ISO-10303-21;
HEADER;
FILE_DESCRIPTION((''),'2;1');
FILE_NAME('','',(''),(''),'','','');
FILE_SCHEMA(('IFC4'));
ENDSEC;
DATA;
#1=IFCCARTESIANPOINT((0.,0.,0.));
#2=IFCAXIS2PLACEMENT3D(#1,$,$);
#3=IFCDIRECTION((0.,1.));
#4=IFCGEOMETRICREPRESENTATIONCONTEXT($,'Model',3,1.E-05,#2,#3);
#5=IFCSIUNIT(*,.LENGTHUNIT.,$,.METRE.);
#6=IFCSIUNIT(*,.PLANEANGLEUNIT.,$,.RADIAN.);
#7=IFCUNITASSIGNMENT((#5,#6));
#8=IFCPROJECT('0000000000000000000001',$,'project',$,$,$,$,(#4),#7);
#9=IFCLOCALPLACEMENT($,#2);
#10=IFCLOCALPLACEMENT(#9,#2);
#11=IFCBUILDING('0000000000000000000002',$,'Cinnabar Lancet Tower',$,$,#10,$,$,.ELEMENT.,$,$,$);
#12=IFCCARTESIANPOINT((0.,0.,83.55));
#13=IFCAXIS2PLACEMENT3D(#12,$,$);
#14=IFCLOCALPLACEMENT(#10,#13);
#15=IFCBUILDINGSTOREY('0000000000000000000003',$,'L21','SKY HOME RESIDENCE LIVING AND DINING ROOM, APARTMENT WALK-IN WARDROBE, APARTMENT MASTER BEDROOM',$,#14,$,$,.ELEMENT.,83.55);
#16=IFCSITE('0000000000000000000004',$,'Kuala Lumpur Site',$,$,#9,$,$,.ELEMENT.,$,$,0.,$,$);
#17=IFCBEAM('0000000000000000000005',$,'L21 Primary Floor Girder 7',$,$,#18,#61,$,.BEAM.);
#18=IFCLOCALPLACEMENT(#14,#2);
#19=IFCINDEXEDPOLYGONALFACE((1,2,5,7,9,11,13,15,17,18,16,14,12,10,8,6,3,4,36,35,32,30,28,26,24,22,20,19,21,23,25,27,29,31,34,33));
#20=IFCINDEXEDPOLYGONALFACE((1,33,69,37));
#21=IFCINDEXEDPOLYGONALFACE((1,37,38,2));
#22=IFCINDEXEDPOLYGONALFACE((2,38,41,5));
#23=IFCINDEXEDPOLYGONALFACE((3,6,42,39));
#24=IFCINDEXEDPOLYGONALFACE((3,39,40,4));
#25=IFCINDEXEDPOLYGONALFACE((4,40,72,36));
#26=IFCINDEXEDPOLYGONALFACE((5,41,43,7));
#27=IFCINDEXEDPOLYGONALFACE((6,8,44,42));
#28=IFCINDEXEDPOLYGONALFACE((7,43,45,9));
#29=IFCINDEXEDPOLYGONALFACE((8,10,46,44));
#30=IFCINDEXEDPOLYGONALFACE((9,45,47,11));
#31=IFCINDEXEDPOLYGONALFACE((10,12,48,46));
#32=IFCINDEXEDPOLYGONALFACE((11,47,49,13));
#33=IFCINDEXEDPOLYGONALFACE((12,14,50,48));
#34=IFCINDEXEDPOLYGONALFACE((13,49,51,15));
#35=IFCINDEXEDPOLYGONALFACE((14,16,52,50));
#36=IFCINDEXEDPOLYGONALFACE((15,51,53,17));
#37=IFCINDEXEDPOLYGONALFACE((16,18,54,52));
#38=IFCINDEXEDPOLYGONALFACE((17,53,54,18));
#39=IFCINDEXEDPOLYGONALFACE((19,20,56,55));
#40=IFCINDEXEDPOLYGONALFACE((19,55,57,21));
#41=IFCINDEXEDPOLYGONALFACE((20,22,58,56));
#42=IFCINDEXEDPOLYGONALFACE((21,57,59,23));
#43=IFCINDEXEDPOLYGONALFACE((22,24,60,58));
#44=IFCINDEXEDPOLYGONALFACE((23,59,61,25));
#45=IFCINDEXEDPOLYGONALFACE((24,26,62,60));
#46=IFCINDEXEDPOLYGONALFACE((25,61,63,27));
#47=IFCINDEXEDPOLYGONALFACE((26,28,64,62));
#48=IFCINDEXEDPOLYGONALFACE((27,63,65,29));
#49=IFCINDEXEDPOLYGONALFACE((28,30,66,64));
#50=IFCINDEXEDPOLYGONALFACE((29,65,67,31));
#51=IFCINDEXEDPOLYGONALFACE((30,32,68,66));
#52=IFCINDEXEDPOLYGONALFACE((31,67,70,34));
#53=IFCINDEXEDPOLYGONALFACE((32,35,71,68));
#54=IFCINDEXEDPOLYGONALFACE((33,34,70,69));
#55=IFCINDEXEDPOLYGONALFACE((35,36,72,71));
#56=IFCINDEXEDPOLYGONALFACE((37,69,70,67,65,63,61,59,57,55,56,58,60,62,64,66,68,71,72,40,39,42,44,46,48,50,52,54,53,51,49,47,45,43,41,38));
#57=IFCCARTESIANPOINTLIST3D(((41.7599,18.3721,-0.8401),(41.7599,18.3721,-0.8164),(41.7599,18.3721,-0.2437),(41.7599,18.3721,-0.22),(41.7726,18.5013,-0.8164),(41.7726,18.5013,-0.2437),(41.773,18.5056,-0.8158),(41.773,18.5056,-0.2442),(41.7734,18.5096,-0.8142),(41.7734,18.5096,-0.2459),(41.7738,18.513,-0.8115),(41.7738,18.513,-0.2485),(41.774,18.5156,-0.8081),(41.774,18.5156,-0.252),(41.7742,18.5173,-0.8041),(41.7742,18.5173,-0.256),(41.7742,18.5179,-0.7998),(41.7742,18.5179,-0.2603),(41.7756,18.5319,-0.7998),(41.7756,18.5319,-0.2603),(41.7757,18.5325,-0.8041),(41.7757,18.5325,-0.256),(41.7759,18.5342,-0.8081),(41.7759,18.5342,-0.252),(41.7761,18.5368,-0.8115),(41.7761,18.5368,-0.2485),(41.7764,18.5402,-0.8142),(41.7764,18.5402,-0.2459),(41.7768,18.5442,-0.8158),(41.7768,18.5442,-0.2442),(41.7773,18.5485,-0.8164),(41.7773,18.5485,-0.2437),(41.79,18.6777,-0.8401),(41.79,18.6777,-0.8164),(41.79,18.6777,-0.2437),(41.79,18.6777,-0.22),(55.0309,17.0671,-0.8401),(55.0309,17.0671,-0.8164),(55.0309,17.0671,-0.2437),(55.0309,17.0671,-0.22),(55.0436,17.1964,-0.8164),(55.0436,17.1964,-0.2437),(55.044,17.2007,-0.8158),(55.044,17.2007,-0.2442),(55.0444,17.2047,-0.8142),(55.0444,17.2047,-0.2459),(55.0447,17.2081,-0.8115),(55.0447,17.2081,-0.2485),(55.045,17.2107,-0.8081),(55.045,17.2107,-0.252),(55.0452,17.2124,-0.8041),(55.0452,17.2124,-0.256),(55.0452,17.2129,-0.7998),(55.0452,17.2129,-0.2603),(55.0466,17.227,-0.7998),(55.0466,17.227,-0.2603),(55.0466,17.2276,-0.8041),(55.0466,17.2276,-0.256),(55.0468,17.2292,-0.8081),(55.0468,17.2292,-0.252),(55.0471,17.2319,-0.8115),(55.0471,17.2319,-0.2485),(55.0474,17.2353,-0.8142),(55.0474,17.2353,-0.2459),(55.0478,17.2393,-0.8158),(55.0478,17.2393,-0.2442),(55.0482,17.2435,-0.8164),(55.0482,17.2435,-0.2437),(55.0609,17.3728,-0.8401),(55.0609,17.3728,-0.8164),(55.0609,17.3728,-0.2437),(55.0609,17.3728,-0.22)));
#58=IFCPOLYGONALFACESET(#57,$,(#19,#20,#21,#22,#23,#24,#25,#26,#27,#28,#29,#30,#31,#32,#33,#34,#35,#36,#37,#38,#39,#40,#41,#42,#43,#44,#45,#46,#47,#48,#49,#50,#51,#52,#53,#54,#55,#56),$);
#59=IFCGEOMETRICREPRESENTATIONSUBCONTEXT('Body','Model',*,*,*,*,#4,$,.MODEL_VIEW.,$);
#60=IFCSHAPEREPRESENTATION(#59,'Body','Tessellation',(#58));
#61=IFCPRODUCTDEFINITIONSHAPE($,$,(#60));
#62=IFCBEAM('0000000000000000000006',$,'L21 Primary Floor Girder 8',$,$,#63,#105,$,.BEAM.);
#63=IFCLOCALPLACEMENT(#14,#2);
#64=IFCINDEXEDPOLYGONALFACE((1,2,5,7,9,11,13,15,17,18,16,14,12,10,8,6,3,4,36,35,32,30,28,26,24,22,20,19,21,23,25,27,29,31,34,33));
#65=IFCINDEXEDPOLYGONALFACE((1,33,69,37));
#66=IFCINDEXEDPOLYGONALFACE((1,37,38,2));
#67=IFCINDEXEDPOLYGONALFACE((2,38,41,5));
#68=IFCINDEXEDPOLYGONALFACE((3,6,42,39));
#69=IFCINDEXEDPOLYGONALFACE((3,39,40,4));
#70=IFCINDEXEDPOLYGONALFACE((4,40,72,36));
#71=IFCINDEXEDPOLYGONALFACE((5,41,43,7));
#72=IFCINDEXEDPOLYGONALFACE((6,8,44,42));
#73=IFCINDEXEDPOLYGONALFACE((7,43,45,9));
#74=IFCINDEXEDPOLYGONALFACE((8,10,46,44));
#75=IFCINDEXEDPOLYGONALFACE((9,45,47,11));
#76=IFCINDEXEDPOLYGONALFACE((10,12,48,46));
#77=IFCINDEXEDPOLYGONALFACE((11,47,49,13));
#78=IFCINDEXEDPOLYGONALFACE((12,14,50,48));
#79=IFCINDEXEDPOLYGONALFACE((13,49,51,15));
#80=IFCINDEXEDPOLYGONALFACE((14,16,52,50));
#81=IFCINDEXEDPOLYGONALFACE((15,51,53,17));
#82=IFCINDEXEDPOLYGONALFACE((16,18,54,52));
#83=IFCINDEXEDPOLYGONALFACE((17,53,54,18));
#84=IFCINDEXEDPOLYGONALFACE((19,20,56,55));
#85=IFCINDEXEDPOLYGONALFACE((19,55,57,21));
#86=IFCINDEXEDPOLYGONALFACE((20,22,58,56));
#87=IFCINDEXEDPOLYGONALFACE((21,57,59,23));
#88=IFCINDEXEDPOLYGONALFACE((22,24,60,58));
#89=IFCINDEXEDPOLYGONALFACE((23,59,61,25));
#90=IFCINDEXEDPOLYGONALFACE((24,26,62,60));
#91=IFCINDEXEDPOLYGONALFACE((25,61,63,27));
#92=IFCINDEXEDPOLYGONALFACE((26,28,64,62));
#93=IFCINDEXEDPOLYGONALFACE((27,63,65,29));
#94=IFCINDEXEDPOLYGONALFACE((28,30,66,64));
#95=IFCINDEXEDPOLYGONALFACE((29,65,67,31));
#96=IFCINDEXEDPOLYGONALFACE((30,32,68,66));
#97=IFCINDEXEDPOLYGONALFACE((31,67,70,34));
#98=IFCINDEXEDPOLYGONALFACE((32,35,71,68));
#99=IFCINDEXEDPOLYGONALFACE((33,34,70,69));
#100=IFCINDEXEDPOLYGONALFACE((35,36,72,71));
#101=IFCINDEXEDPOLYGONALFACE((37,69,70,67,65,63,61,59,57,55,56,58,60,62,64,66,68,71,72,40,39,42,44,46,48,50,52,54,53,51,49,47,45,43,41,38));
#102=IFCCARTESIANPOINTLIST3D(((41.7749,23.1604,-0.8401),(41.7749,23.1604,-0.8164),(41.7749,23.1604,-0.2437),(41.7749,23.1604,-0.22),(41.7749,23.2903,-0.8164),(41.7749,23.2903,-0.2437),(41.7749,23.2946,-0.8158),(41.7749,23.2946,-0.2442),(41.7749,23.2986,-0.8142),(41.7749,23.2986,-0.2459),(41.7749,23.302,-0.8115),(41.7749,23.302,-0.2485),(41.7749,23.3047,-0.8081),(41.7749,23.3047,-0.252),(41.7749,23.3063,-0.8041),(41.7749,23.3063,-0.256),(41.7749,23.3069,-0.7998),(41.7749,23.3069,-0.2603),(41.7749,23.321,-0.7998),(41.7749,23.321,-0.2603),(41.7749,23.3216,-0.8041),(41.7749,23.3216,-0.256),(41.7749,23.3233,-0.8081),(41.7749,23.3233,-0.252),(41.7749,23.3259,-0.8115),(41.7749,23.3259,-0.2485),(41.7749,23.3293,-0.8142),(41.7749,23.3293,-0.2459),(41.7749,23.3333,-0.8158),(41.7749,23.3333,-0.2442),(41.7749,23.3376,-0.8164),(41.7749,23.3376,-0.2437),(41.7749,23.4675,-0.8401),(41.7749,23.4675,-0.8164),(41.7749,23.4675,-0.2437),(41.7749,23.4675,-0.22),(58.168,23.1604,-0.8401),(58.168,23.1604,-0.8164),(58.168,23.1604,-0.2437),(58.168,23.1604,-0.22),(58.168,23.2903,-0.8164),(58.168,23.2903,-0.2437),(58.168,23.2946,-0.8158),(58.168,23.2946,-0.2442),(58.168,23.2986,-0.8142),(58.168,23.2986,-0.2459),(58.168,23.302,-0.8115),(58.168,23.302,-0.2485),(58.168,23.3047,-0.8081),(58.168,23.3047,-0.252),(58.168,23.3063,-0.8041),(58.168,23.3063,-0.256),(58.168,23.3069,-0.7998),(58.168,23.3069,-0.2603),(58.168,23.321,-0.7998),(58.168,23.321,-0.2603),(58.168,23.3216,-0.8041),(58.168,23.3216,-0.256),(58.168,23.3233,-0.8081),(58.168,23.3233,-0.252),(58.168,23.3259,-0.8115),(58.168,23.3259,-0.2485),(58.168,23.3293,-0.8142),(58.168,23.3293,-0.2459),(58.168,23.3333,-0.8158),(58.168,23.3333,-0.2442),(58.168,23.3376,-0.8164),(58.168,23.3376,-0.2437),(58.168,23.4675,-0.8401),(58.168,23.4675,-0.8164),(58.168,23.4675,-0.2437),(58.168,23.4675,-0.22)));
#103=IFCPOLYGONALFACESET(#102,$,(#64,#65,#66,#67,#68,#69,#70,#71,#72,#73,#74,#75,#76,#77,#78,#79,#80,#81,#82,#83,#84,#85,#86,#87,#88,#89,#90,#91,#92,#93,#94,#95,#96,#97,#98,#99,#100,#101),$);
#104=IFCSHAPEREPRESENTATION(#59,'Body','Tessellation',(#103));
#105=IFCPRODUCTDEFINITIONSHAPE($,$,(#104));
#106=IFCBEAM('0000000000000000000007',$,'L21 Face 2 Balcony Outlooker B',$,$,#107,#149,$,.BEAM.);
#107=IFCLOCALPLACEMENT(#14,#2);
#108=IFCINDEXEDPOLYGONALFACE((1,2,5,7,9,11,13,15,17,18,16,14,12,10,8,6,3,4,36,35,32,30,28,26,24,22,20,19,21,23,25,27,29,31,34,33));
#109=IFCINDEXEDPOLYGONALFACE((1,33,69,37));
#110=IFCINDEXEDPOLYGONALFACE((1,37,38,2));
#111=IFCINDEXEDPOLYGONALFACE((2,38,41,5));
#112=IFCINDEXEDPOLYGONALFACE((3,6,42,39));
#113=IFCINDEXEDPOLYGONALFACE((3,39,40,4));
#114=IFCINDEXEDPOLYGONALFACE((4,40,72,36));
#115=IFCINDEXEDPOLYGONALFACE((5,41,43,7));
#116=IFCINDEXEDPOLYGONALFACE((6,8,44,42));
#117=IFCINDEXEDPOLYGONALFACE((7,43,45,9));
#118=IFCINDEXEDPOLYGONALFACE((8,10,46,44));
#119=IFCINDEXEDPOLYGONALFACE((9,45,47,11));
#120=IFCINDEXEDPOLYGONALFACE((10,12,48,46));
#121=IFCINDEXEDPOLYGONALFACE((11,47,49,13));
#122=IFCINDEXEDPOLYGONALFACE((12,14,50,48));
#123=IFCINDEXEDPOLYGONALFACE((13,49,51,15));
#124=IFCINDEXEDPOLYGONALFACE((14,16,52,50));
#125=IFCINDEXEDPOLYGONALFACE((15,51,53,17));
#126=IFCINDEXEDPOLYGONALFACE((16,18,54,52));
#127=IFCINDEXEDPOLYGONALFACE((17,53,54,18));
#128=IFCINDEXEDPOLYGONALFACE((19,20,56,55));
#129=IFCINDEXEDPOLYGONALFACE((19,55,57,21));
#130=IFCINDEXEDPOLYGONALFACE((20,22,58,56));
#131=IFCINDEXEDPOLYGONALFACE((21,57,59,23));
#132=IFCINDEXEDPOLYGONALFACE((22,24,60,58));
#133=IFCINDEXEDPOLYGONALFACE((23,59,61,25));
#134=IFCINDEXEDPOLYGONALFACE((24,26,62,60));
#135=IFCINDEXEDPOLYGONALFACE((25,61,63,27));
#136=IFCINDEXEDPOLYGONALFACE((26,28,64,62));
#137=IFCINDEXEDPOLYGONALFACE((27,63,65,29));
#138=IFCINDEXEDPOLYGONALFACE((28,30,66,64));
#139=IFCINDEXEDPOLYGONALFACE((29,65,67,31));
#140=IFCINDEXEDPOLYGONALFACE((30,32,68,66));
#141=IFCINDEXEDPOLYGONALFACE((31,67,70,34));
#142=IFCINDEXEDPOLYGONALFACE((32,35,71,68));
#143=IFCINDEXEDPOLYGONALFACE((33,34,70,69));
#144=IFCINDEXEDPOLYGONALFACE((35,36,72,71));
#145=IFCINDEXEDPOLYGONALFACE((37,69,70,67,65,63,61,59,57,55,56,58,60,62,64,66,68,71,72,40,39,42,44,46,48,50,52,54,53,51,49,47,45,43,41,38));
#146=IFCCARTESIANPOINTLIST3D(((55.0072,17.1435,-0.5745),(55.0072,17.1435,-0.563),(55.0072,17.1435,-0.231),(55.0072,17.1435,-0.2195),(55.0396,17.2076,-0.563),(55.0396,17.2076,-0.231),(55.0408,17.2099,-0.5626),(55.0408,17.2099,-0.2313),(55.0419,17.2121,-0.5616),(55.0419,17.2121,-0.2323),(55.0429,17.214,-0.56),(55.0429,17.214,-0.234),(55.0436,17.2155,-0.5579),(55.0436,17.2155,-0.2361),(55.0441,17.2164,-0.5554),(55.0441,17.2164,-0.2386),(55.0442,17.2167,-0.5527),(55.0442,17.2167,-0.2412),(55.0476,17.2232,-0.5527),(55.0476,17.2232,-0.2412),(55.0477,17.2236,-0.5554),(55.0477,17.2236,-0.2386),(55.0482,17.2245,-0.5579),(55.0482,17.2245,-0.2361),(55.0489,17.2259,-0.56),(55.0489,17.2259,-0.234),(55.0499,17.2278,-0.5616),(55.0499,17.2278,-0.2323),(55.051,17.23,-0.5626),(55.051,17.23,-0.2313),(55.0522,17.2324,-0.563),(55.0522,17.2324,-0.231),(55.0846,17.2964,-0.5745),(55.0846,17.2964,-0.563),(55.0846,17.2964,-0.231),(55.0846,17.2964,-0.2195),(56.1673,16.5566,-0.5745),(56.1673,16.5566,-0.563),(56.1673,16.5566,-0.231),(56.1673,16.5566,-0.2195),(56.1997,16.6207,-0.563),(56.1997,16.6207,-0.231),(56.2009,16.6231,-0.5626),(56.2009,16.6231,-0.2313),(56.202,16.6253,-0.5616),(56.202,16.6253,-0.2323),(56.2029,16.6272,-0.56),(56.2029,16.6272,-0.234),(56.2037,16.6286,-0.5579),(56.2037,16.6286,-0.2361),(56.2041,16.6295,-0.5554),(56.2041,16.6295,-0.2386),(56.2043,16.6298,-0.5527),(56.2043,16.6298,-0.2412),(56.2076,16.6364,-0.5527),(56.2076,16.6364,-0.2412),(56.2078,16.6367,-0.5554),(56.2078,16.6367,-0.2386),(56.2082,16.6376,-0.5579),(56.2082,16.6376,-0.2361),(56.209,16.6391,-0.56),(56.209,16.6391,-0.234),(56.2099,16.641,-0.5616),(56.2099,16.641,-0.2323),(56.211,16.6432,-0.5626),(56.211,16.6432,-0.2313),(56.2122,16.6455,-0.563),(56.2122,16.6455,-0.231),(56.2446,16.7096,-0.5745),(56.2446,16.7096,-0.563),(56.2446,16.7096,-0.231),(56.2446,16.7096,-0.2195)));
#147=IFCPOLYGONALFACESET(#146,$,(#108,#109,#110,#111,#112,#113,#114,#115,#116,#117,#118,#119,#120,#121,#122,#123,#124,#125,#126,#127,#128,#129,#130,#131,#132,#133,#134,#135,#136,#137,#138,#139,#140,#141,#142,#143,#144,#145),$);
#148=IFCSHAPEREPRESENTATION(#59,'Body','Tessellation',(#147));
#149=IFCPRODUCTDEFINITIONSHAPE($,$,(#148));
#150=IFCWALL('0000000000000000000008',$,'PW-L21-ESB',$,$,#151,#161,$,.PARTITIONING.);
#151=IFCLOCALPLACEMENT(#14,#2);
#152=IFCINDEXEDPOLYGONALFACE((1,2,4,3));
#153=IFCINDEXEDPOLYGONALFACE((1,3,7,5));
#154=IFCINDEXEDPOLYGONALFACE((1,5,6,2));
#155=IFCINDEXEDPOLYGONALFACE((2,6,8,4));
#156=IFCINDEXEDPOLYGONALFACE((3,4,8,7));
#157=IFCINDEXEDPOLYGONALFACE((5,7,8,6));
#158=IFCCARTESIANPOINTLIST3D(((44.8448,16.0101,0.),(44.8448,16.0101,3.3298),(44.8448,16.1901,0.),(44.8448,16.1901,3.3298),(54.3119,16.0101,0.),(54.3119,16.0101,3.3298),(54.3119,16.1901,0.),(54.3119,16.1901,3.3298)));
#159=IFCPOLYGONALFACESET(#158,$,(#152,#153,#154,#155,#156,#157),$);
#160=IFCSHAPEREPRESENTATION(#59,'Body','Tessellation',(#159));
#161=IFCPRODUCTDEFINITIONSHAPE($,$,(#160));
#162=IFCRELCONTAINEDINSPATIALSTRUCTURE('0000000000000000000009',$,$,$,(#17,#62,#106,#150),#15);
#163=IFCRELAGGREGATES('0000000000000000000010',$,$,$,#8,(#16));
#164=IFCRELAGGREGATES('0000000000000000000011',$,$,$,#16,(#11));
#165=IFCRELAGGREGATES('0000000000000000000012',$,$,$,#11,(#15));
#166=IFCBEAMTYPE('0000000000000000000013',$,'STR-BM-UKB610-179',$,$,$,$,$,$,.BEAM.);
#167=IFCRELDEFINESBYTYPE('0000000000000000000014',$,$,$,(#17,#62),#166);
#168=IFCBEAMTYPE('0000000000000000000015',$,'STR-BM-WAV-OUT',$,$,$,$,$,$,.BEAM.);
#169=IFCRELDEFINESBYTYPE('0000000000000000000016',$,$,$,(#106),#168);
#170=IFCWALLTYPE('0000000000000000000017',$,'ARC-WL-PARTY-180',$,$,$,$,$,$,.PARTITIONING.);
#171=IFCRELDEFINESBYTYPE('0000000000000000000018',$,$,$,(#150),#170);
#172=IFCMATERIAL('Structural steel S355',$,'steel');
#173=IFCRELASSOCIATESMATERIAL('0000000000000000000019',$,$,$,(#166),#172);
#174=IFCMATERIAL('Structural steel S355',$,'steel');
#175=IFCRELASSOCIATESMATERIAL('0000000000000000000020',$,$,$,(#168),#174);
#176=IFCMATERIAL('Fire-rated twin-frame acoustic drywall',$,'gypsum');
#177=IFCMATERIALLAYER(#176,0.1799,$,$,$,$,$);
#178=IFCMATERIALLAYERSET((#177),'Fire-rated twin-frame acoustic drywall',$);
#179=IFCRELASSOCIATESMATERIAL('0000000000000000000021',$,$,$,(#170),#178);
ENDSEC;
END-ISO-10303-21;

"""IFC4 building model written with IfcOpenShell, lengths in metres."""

from ifc_helpers import new_model, si_unit, direction, frame, frame_2d, origin, origin_2d, place, context, subcontext, project, spatial, rectangle, i_section, extrude, material, layer, layer_set, material_profile, profile_set, type_object, element, save


model = new_model("IFC4")

# Units and contexts
model_context = context("Model", 3, precision=1e-05, world=origin(), true_north=direction((0.0, 1.0)))
body_context = subcontext(model_context, "Body", "Model", "MODEL_VIEW")
ifc_project = project(units=[si_unit("LENGTHUNIT", "METRE"), si_unit("PLANEANGLEUNIT", "RADIAN")], contexts=[model_context])

# Site, building, storey
site_placement = place(None, origin())
site = spatial("IfcSite", under=ifc_project, at=site_placement, Name="Kuala Lumpur Site", CompositionType="ELEMENT", RefElevation=0.0)
building_placement = place(site_placement, origin())
building = spatial("IfcBuilding", under=site, at=building_placement, Name="Cinnabar Lancet Tower", CompositionType="ELEMENT")
storey_placement = place(building_placement, frame((0.0, 0.0, 83.55)))
storey = spatial("IfcBuildingStorey", under=building, at=storey_placement, Name="L21", Description="SKY HOME RESIDENCE LIVING AND DINING ROOM, APARTMENT WALK-IN WARDROBE, APARTMENT MASTER BEDROOM", CompositionType="ELEMENT", Elevation=83.55)

# Beams
ifc_material_1 = material(Name="Structural steel S355", Category="steel")
ifc_material_profile_1 = material_profile(ifc_material_1, i_section(OverallWidth=0.3071, OverallDepth=0.6201, WebThickness=0.0142, FlangeThickness=0.0237, FilletRadius=0.0166, at=origin_2d()), Name="UKB 610x305x179")
ifc_profile_set_1 = profile_set([ifc_material_profile_1], Name="Structural steel S355")
beam_type_1 = type_object("IfcBeamType", Name="STR-BM-UKB610-179", PredefinedType="BEAM", material=ifc_profile_set_1)
beam_1_placement = place(storey_placement, frame((55.0459, 17.22, -0.53), z_axis=(-0.9952, 0.097858, 0.0), x_axis=(-0.097858, -0.9952, 0.0)))
element("IfcBeam", 1, at=beam_1_placement, inside=storey, type_object=beam_type_1, Name="L21 Primary Floor Girder 7", PredefinedType="BEAM", context=body_context, shape_type="SweptSolid", body=[
    extrude(i_section(OverallWidth=0.3071, OverallDepth=0.6201, WebThickness=0.0142, FlangeThickness=0.0237, FilletRadius=0.0166, at=origin_2d()), origin(), (0.0, 0.0, 1.0), 13.335),
])
beam_2_placement = place(storey_placement, frame((58.168, 23.314, -0.53), z_axis=(-1.0, 0.0, 0.0), x_axis=(0.0, -1.0, 0.0)))
element("IfcBeam", 2, at=beam_2_placement, inside=storey, type_object=beam_type_1, Name="L21 Primary Floor Girder 8", PredefinedType="BEAM", context=body_context, shape_type="SweptSolid", body=[
    extrude(i_section(OverallWidth=0.3071, OverallDepth=0.6201, WebThickness=0.0142, FlangeThickness=0.0237, FilletRadius=0.0166, at=origin_2d()), origin(), (0.0, 0.0, 1.0), 16.3931),
])
ifc_material_2 = material(Name="Structural steel S355", Category="steel")
ifc_material_profile_2 = material_profile(ifc_material_2, i_section(OverallWidth=0.1714, OverallDepth=0.355, WebThickness=0.0073, FlangeThickness=0.0115, FilletRadius=0.0103, at=origin_2d()), Name="UKB 356x171x51")
ifc_profile_set_2 = profile_set([ifc_material_profile_2], Name="Structural steel S355")
beam_type_2 = type_object("IfcBeamType", Name="STR-BM-WAV-OUT", PredefinedType="BEAM", material=ifc_profile_set_2)
beam_3_placement = place(storey_placement, frame((55.0459, 17.22, -0.397), z_axis=(0.892314, -0.451415, 0.0), x_axis=(0.451415, 0.892314, 0.0)))
element("IfcBeam", 3, at=beam_3_placement, inside=storey, type_object=beam_type_2, Name="L21 Face 2 Balcony Outlooker B", PredefinedType="BEAM", context=body_context, shape_type="SweptSolid", body=[
    extrude(i_section(OverallWidth=0.1714, OverallDepth=0.355, WebThickness=0.0073, FlangeThickness=0.0115, FilletRadius=0.0103, at=origin_2d()), origin(), (0.0, 0.0, 1.0), 1.3),
])

# Wall
ifc_material_3 = material(Name="Fire-rated twin-frame acoustic drywall", Category="gypsum")
ifc_layer_1 = layer(ifc_material_3, 0.1799)
ifc_layer_set_1 = layer_set([ifc_layer_1], Name="Fire-rated twin-frame acoustic drywall")
wall_type_1 = type_object("IfcWallType", Name="ARC-WL-PARTY-180", PredefinedType="PARTITIONING", material=ifc_layer_set_1)
wall_1_placement = place(storey_placement, frame((44.845, 16.1001, 0.0), z_axis=(0.0, 0.0, 1.0), x_axis=(1.0, 0.0, 0.0)))
element("IfcWall", 4, at=wall_1_placement, inside=storey, type_object=wall_type_1, Name="PW-L21-ESB", PredefinedType="PARTITIONING", context=body_context, shape_type="SweptSolid", body=[
    extrude(rectangle(XDim=9.467, YDim=0.1799, at=frame_2d((4.7334, 0.0))), origin(), (0.0, 0.0, 1.0), 3.3298),
])

save(model, "model.ifc")
